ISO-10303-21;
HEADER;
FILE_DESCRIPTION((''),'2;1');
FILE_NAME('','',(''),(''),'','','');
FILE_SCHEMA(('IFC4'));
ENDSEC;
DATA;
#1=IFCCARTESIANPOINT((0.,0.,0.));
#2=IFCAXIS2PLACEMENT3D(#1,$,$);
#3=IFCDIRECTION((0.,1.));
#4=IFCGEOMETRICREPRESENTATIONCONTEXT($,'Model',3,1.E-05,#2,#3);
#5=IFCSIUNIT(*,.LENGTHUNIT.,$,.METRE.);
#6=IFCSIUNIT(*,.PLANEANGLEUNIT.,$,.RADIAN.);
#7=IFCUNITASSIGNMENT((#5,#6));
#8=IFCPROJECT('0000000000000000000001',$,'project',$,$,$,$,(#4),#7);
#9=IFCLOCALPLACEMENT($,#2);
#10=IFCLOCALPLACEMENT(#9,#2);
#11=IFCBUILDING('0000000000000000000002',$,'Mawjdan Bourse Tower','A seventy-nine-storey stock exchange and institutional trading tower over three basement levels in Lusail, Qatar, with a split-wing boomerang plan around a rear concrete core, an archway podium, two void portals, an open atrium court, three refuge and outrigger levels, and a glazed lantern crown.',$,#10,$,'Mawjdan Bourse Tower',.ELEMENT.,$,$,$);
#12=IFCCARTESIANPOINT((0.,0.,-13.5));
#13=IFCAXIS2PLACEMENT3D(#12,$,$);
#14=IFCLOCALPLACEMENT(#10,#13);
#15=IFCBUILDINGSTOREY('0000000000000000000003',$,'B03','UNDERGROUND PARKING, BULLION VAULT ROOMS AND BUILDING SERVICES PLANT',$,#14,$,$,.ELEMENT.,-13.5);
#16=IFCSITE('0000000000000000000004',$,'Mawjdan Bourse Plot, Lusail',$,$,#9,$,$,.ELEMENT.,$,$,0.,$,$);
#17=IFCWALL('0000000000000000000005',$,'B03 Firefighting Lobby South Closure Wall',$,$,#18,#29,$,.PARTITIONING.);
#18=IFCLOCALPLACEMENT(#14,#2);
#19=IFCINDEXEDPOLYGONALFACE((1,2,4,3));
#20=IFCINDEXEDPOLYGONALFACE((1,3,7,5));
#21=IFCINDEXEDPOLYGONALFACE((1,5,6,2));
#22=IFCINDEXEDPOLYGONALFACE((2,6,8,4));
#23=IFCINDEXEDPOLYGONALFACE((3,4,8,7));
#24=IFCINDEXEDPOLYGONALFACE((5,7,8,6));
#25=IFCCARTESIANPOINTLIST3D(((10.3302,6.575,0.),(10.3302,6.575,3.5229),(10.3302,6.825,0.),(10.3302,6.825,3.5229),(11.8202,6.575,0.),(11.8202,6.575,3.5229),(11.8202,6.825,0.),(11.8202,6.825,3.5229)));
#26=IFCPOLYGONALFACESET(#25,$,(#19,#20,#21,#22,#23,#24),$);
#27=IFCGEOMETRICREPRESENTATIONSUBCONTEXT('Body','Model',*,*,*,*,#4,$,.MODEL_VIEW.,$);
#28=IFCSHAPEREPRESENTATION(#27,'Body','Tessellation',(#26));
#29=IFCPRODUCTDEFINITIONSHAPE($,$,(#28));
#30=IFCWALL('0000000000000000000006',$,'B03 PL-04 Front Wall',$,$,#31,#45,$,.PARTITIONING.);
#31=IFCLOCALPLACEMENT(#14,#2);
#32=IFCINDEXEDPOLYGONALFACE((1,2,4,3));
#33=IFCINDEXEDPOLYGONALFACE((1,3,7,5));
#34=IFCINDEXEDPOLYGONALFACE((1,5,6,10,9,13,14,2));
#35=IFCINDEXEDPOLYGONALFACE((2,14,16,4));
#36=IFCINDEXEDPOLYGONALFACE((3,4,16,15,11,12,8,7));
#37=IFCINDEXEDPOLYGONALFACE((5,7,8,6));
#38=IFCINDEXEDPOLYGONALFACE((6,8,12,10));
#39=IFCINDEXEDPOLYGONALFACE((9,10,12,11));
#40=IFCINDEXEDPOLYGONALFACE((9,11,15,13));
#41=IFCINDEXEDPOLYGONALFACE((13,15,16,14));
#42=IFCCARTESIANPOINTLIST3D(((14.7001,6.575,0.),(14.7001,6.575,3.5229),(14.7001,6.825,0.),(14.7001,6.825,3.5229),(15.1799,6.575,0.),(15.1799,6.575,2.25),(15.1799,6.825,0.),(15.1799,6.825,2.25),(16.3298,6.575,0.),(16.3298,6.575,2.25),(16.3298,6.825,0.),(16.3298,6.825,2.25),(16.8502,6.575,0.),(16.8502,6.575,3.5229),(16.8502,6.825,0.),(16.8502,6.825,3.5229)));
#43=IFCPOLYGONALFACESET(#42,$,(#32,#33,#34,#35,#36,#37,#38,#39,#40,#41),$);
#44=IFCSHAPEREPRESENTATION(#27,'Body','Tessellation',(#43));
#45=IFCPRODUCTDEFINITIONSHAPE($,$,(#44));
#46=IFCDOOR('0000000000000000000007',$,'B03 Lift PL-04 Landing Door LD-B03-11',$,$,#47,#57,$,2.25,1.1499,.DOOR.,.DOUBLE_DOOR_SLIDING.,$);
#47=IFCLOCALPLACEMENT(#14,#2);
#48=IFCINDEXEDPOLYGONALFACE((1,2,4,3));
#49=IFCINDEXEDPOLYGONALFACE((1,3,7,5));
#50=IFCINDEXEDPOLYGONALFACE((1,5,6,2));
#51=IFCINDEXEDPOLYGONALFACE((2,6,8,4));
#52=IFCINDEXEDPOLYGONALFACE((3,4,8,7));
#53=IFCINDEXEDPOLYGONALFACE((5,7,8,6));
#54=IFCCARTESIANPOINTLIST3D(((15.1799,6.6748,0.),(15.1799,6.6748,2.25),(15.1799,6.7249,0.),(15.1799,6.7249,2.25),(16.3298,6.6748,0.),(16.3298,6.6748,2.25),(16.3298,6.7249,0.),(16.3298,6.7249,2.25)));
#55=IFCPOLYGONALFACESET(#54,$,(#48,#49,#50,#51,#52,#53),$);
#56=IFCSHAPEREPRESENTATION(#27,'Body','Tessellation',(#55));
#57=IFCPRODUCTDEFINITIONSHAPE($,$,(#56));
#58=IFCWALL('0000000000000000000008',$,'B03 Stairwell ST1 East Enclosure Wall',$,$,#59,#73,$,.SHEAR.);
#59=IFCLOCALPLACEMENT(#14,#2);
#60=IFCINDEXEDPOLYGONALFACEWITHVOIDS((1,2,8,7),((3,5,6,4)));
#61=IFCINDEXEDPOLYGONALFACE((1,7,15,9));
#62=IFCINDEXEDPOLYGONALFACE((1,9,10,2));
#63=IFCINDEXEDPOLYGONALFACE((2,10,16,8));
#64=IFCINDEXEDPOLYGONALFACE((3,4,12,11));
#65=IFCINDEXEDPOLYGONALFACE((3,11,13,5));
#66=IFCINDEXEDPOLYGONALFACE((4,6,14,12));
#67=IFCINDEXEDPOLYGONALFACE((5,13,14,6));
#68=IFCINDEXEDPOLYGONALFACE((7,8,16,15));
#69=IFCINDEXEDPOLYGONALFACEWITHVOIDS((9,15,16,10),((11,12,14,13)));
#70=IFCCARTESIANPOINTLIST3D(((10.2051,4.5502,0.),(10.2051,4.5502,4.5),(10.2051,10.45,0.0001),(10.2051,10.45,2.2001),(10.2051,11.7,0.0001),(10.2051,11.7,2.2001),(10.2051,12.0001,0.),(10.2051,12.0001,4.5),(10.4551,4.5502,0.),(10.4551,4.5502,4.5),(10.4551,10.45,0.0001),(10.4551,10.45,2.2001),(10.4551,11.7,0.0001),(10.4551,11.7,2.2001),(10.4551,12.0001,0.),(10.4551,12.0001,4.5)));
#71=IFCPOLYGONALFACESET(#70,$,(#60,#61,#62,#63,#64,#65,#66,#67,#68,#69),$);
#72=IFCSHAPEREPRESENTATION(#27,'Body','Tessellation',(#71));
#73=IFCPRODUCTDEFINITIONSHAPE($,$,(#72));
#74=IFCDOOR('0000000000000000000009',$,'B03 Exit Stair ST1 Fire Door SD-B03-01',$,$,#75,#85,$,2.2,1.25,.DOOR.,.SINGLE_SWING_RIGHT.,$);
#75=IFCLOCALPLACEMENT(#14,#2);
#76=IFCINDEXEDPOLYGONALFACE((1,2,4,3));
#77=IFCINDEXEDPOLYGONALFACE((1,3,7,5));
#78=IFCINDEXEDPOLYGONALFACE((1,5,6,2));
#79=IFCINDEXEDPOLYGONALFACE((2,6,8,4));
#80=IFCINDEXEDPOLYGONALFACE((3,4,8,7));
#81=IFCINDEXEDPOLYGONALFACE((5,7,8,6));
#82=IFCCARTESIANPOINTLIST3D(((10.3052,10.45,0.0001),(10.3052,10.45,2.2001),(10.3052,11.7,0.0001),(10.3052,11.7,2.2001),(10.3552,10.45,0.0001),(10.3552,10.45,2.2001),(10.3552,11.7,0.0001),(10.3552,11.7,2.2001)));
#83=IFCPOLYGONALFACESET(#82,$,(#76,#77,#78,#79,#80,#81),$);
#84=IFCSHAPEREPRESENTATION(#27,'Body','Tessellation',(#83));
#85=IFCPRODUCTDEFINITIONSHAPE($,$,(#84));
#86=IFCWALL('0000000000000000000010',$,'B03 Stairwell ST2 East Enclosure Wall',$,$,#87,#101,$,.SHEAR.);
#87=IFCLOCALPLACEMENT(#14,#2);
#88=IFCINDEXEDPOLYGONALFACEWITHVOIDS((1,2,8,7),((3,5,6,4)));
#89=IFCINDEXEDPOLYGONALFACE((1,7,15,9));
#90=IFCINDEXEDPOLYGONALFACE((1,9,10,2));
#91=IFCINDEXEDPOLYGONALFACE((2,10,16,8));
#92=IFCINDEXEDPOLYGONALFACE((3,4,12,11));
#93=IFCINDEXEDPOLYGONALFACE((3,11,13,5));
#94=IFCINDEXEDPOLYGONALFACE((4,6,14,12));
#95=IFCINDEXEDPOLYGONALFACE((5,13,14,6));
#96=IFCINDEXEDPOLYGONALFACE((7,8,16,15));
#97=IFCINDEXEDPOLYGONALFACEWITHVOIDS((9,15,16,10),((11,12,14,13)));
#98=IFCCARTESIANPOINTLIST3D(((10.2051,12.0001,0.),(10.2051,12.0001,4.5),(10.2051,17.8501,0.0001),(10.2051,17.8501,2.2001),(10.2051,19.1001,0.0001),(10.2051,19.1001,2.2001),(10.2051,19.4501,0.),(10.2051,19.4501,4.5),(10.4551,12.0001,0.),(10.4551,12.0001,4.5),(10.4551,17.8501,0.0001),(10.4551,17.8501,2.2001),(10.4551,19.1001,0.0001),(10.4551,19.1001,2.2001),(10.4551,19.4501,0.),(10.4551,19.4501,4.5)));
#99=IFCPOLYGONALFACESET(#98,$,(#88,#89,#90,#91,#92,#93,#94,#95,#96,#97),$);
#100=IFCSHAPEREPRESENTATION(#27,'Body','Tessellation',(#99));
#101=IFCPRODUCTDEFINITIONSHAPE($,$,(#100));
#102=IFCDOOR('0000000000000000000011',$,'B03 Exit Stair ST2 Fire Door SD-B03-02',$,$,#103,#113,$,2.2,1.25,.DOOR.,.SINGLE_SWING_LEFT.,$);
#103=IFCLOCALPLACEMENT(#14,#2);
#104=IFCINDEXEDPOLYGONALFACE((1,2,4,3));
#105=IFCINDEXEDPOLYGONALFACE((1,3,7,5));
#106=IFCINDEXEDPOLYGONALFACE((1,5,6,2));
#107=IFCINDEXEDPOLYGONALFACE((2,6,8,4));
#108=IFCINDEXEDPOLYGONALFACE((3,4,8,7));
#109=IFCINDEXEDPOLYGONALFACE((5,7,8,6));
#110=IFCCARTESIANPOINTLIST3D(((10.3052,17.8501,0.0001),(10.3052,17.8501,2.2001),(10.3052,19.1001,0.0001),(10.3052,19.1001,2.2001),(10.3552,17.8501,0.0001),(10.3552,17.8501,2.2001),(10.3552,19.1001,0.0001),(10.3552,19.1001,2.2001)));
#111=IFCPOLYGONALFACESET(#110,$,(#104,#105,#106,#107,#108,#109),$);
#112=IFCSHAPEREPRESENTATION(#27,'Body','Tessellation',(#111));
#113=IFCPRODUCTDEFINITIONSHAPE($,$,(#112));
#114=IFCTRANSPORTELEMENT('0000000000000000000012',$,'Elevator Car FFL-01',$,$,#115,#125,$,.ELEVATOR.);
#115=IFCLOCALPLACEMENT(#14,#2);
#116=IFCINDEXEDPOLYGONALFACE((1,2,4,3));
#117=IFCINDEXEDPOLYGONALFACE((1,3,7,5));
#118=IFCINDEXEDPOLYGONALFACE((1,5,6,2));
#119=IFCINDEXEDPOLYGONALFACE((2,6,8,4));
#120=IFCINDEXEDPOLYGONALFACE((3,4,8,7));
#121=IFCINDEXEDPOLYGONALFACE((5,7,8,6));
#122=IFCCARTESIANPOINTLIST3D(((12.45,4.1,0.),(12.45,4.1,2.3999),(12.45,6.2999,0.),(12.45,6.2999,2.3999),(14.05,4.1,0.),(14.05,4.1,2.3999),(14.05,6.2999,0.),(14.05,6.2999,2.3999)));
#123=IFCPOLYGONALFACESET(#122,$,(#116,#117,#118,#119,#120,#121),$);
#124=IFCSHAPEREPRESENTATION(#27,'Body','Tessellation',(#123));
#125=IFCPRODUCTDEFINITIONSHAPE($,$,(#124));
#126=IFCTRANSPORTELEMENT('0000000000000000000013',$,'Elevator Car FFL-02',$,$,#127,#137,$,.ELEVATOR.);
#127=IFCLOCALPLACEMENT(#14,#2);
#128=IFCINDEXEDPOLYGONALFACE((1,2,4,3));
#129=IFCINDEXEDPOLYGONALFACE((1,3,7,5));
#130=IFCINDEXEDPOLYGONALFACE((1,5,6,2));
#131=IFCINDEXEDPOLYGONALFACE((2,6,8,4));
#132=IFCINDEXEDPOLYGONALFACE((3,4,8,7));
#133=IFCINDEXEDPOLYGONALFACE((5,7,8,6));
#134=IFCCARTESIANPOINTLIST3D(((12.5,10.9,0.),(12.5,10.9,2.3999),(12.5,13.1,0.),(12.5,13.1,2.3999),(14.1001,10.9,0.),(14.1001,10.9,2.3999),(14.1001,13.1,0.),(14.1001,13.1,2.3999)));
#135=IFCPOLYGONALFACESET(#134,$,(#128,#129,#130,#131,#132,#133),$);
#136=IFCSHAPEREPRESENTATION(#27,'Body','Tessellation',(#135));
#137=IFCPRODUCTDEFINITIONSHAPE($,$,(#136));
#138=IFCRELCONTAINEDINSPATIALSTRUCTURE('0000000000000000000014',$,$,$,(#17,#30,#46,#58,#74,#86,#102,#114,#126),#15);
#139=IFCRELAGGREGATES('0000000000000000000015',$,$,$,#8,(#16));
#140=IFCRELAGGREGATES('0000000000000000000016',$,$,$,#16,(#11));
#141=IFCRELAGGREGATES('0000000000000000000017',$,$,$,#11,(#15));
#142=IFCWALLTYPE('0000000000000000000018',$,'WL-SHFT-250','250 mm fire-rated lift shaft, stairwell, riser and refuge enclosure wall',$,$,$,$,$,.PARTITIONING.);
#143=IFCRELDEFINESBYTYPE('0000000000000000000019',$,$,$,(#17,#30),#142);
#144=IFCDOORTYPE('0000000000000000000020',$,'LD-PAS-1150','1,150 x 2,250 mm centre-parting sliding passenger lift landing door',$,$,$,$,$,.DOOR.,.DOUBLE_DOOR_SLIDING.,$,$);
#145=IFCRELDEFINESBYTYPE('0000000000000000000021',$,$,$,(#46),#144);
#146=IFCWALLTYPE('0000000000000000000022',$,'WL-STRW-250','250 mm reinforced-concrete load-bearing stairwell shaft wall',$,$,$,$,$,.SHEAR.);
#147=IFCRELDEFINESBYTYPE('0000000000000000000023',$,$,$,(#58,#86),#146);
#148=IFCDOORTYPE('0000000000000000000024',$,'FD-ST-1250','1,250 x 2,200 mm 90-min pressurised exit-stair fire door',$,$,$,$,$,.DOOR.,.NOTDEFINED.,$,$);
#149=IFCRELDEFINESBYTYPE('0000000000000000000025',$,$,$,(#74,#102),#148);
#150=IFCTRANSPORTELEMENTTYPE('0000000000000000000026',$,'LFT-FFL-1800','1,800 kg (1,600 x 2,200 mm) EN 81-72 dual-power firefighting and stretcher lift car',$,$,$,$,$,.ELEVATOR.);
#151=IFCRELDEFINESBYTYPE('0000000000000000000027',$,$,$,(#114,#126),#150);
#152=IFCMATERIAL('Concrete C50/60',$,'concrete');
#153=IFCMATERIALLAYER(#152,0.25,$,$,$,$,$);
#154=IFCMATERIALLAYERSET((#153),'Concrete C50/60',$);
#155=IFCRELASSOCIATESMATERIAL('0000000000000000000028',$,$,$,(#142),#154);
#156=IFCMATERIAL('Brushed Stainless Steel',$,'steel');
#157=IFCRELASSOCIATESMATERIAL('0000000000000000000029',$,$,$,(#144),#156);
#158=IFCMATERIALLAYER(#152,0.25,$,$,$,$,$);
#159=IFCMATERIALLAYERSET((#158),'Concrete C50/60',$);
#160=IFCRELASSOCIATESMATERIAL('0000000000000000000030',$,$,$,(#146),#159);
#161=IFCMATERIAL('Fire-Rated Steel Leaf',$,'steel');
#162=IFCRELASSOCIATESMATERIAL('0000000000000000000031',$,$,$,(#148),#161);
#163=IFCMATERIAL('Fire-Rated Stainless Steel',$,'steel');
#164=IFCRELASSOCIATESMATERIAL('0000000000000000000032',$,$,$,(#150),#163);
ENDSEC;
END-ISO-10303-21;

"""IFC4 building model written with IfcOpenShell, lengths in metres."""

from ifc_helpers import new_model, si_unit, direction, frame, frame_2d, origin, origin_2d, place, context, subcontext, project, spatial, rectangle, extrude, material, layer, layer_set, type_object, element, fill, save


model = new_model("IFC4")

# Units and contexts
model_context = context("Model", 3, precision=1e-05, world=origin(), true_north=direction((0.0, 1.0)))
body_context = subcontext(model_context, "Body", "Model", "MODEL_VIEW")
ifc_project = project(units=[si_unit("LENGTHUNIT", "METRE"), si_unit("PLANEANGLEUNIT", "RADIAN")], contexts=[model_context])

# Site, building, storey
site_placement = place(None, origin())
site = spatial("IfcSite", under=ifc_project, at=site_placement, Name="Mawjdan Bourse Plot, Lusail", CompositionType="ELEMENT", RefElevation=0.0)
building_placement = place(site_placement, origin())
building = spatial("IfcBuilding", under=site, at=building_placement, Name="Mawjdan Bourse Tower", Description="A seventy-nine-storey stock exchange and institutional trading tower over three basement levels in Lusail, Qatar, with a split-wing boomerang plan around a rear concrete core, an archway podium, two void portals, an open atrium court, three refuge and outrigger levels, and a glazed lantern crown.", LongName="Mawjdan Bourse Tower", CompositionType="ELEMENT")
storey_placement = place(building_placement, frame((0.0, 0.0, -13.5)))
storey = spatial("IfcBuildingStorey", under=building, at=storey_placement, Name="B03", Description="UNDERGROUND PARKING, BULLION VAULT ROOMS AND BUILDING SERVICES PLANT", CompositionType="ELEMENT", Elevation=-13.5)

# Shared definitions
ifc_material_1 = material(Name="Concrete C50/60", Category="concrete")
ifc_layer_1 = layer(ifc_material_1, 0.25)
ifc_layer_set_1 = layer_set([ifc_layer_1], Name="Concrete C50/60")
wall_type_1 = type_object("IfcWallType", Name="WL-SHFT-250", Description="250 mm fire-rated lift shaft, stairwell, riser and refuge enclosure wall", PredefinedType="PARTITIONING", material=ifc_layer_set_1)

# Shared definitions
ifc_material_2 = material(Name="Brushed Stainless Steel", Category="steel")

# Shared definitions
ifc_material_3 = material(Name="Fire-Rated Steel Leaf", Category="steel")

# Wall
wall_1_placement = place(storey_placement, frame((10.3301, 6.7, 0.0), z_axis=(0.0, 0.0, 1.0), x_axis=(1.0, 0.0, 0.0)))
element("IfcWall", 1, at=wall_1_placement, inside=storey, type_object=wall_type_1, Name="B03 Firefighting Lobby South Closure Wall", PredefinedType="PARTITIONING", context=body_context, shape_type="SweptSolid", body=[
    extrude(rectangle(XDim=1.49, YDim=0.25, at=frame_2d((0.7451, 0.0))), origin(), (0.0, 0.0, 1.0), 3.5229),
])

# Walls, openings, doors
wall_2_placement = place(storey_placement, frame((14.7, 6.7, 0.0), z_axis=(0.0, 0.0, 1.0), x_axis=(1.0, 0.0, 0.0)))
wall_2 = element("IfcWall", 2, at=wall_2_placement, inside=storey, type_object=wall_type_1, Name="B03 PL-04 Front Wall", PredefinedType="PARTITIONING", context=body_context, shape_type="SweptSolid", body=[
    extrude(rectangle(XDim=2.1501, YDim=0.25, at=frame_2d((1.0752, 0.0))), origin(), (0.0, 0.0, 1.0), 3.5229),
])
opening_1_placement = place(wall_2_placement, frame((0.48, 0.0, 0.0)))
opening_1 = element("IfcOpeningElement", 3, at=opening_1_placement, cuts=wall_2, PredefinedType="OPENING", context=body_context, shape_type="SweptSolid", body=[
    extrude(rectangle(XDim=1.1499, YDim=2.25, at=frame_2d((0.575, 1.125))), frame((0.0, 0.135, 0.0), z_axis=(0.0, -1.0, 0.0), x_axis=(1.0, 0.0, 0.0)), (0.0, 0.0, 1.0), 0.27),
])
door_type_1 = type_object("IfcDoorType", Name="LD-PAS-1150", Description="1,150 x 2,250 mm centre-parting sliding passenger lift landing door", OperationType="DOUBLE_DOOR_SLIDING", PredefinedType="DOOR", material=ifc_material_2)
door_1_placement = place(opening_1_placement, origin())
door_1 = element("IfcDoor", 4, at=door_1_placement, inside=storey, type_object=door_type_1, Name="B03 Lift PL-04 Landing Door LD-B03-11", OperationType="DOUBLE_DOOR_SLIDING", OverallHeight=2.25, OverallWidth=1.1499, PredefinedType="DOOR", context=body_context, shape_type="SweptSolid", body=[
    extrude(rectangle(XDim=1.1499, YDim=2.25, at=frame_2d((0.575, 1.125))), frame((0.0, 0.0249, 0.0), z_axis=(0.0, -1.0, 0.0), x_axis=(1.0, 0.0, 0.0)), (0.0, 0.0, 1.0), 0.05),
])
fill(opening_1, door_1)
ifc_layer_2 = layer(ifc_material_1, 0.25)
ifc_layer_set_2 = layer_set([ifc_layer_2], Name="Concrete C50/60")
wall_type_2 = type_object("IfcWallType", Name="WL-STRW-250", Description="250 mm reinforced-concrete load-bearing stairwell shaft wall", PredefinedType="SHEAR", material=ifc_layer_set_2)
wall_3_placement = place(storey_placement, frame((10.3301, 4.55, 0.0), z_axis=(0.0, 0.0, 1.0), x_axis=(0.0, 1.0, 0.0)))
wall_3 = element("IfcWall", 5, at=wall_3_placement, inside=storey, type_object=wall_type_2, Name="B03 Stairwell ST1 East Enclosure Wall", PredefinedType="SHEAR", context=body_context, shape_type="SweptSolid", body=[
    extrude(rectangle(XDim=7.45, YDim=0.25, at=frame_2d((3.7251, 0.0))), origin(), (0.0, 0.0, 1.0), 4.5),
])
opening_2_placement = place(wall_3_placement, frame((5.8999, 0.0, 0.0)))
opening_2 = element("IfcOpeningElement", 6, at=opening_2_placement, cuts=wall_3, PredefinedType="OPENING", context=body_context, shape_type="SweptSolid", body=[
    extrude(rectangle(XDim=1.25, YDim=2.2, at=frame_2d((0.625, 1.1001))), frame((0.0, 0.135, 0.0), z_axis=(0.0, -1.0, 0.0), x_axis=(1.0, 0.0, 0.0)), (0.0, 0.0, 1.0), 0.27),
])
door_type_2 = type_object("IfcDoorType", Name="FD-ST-1250", Description="1,250 x 2,200 mm 90-min pressurised exit-stair fire door", OperationType="NOTDEFINED", PredefinedType="DOOR", material=ifc_material_3)
door_2_placement = place(opening_2_placement, origin())
door_2 = element("IfcDoor", 7, at=door_2_placement, inside=storey, type_object=door_type_2, Name="B03 Exit Stair ST1 Fire Door SD-B03-01", OperationType="SINGLE_SWING_RIGHT", OverallHeight=2.2, OverallWidth=1.25, PredefinedType="DOOR", context=body_context, shape_type="SweptSolid", body=[
    extrude(rectangle(XDim=1.25, YDim=2.2, at=frame_2d((0.625, 1.1001))), frame((0.0, 0.0249, 0.0), z_axis=(0.0, -1.0, 0.0), x_axis=(1.0, 0.0, 0.0)), (0.0, 0.0, 1.0), 0.05),
])
fill(opening_2, door_2)
wall_4_placement = place(storey_placement, frame((10.3301, 12.0, 0.0), z_axis=(0.0, 0.0, 1.0), x_axis=(0.0, 1.0, 0.0)))
wall_4 = element("IfcWall", 8, at=wall_4_placement, inside=storey, type_object=wall_type_2, Name="B03 Stairwell ST2 East Enclosure Wall", PredefinedType="SHEAR", context=body_context, shape_type="SweptSolid", body=[
    extrude(rectangle(XDim=7.45, YDim=0.25, at=frame_2d((3.7251, 0.0))), origin(), (0.0, 0.0, 1.0), 4.5),
])
opening_3_placement = place(wall_4_placement, frame((5.8501, 0.0, 0.0)))
opening_3 = element("IfcOpeningElement", 9, at=opening_3_placement, cuts=wall_4, PredefinedType="OPENING", context=body_context, shape_type="SweptSolid", body=[
    extrude(rectangle(XDim=1.25, YDim=2.2, at=frame_2d((0.625, 1.1001))), frame((0.0, 0.135, 0.0), z_axis=(0.0, -1.0, 0.0), x_axis=(1.0, 0.0, 0.0)), (0.0, 0.0, 1.0), 0.27),
])
door_3_placement = place(opening_3_placement, origin())
door_3 = element("IfcDoor", 10, at=door_3_placement, inside=storey, type_object=door_type_2, Name="B03 Exit Stair ST2 Fire Door SD-B03-02", OperationType="SINGLE_SWING_LEFT", OverallHeight=2.2, OverallWidth=1.25, PredefinedType="DOOR", context=body_context, shape_type="SweptSolid", body=[
    extrude(rectangle(XDim=1.25, YDim=2.2, at=frame_2d((0.625, 1.1001))), frame((0.0, 0.0249, 0.0), z_axis=(0.0, -1.0, 0.0), x_axis=(1.0, 0.0, 0.0)), (0.0, 0.0, 1.0), 0.05),
])
fill(opening_3, door_3)

# Transport elements
ifc_material_4 = material(Name="Fire-Rated Stainless Steel", Category="steel")
transport_element_type = type_object("IfcTransportElementType", Name="LFT-FFL-1800", Description="1,800 kg (1,600 x 2,200 mm) EN 81-72 dual-power firefighting and stretcher lift car", PredefinedType="ELEVATOR", material=ifc_material_4)
for number, where, z_axis, x_axis, name in (
    (11, (13.25, 5.2, 0.0), (0.0, 0.0, 1.0), (1.0, 0.0, 0.0), "Elevator Car FFL-01"),
    (12, (13.3, 12.0, 0.0), (0.0, 0.0, 1.0), (1.0, 0.0, 0.0), "Elevator Car FFL-02"),
):
    element("IfcTransportElement", number, at=place(storey_placement, frame(where, z_axis=z_axis, x_axis=x_axis)), inside=storey, type_object=transport_element_type, Name=name, PredefinedType="ELEVATOR", context=body_context, shape_type="SweptSolid", body=[
        extrude(rectangle(XDim=1.6001, YDim=2.2, at=origin_2d()), origin(), (0.0, 0.0, 1.0), 2.3999),
    ])

save(model, "model.ifc")
